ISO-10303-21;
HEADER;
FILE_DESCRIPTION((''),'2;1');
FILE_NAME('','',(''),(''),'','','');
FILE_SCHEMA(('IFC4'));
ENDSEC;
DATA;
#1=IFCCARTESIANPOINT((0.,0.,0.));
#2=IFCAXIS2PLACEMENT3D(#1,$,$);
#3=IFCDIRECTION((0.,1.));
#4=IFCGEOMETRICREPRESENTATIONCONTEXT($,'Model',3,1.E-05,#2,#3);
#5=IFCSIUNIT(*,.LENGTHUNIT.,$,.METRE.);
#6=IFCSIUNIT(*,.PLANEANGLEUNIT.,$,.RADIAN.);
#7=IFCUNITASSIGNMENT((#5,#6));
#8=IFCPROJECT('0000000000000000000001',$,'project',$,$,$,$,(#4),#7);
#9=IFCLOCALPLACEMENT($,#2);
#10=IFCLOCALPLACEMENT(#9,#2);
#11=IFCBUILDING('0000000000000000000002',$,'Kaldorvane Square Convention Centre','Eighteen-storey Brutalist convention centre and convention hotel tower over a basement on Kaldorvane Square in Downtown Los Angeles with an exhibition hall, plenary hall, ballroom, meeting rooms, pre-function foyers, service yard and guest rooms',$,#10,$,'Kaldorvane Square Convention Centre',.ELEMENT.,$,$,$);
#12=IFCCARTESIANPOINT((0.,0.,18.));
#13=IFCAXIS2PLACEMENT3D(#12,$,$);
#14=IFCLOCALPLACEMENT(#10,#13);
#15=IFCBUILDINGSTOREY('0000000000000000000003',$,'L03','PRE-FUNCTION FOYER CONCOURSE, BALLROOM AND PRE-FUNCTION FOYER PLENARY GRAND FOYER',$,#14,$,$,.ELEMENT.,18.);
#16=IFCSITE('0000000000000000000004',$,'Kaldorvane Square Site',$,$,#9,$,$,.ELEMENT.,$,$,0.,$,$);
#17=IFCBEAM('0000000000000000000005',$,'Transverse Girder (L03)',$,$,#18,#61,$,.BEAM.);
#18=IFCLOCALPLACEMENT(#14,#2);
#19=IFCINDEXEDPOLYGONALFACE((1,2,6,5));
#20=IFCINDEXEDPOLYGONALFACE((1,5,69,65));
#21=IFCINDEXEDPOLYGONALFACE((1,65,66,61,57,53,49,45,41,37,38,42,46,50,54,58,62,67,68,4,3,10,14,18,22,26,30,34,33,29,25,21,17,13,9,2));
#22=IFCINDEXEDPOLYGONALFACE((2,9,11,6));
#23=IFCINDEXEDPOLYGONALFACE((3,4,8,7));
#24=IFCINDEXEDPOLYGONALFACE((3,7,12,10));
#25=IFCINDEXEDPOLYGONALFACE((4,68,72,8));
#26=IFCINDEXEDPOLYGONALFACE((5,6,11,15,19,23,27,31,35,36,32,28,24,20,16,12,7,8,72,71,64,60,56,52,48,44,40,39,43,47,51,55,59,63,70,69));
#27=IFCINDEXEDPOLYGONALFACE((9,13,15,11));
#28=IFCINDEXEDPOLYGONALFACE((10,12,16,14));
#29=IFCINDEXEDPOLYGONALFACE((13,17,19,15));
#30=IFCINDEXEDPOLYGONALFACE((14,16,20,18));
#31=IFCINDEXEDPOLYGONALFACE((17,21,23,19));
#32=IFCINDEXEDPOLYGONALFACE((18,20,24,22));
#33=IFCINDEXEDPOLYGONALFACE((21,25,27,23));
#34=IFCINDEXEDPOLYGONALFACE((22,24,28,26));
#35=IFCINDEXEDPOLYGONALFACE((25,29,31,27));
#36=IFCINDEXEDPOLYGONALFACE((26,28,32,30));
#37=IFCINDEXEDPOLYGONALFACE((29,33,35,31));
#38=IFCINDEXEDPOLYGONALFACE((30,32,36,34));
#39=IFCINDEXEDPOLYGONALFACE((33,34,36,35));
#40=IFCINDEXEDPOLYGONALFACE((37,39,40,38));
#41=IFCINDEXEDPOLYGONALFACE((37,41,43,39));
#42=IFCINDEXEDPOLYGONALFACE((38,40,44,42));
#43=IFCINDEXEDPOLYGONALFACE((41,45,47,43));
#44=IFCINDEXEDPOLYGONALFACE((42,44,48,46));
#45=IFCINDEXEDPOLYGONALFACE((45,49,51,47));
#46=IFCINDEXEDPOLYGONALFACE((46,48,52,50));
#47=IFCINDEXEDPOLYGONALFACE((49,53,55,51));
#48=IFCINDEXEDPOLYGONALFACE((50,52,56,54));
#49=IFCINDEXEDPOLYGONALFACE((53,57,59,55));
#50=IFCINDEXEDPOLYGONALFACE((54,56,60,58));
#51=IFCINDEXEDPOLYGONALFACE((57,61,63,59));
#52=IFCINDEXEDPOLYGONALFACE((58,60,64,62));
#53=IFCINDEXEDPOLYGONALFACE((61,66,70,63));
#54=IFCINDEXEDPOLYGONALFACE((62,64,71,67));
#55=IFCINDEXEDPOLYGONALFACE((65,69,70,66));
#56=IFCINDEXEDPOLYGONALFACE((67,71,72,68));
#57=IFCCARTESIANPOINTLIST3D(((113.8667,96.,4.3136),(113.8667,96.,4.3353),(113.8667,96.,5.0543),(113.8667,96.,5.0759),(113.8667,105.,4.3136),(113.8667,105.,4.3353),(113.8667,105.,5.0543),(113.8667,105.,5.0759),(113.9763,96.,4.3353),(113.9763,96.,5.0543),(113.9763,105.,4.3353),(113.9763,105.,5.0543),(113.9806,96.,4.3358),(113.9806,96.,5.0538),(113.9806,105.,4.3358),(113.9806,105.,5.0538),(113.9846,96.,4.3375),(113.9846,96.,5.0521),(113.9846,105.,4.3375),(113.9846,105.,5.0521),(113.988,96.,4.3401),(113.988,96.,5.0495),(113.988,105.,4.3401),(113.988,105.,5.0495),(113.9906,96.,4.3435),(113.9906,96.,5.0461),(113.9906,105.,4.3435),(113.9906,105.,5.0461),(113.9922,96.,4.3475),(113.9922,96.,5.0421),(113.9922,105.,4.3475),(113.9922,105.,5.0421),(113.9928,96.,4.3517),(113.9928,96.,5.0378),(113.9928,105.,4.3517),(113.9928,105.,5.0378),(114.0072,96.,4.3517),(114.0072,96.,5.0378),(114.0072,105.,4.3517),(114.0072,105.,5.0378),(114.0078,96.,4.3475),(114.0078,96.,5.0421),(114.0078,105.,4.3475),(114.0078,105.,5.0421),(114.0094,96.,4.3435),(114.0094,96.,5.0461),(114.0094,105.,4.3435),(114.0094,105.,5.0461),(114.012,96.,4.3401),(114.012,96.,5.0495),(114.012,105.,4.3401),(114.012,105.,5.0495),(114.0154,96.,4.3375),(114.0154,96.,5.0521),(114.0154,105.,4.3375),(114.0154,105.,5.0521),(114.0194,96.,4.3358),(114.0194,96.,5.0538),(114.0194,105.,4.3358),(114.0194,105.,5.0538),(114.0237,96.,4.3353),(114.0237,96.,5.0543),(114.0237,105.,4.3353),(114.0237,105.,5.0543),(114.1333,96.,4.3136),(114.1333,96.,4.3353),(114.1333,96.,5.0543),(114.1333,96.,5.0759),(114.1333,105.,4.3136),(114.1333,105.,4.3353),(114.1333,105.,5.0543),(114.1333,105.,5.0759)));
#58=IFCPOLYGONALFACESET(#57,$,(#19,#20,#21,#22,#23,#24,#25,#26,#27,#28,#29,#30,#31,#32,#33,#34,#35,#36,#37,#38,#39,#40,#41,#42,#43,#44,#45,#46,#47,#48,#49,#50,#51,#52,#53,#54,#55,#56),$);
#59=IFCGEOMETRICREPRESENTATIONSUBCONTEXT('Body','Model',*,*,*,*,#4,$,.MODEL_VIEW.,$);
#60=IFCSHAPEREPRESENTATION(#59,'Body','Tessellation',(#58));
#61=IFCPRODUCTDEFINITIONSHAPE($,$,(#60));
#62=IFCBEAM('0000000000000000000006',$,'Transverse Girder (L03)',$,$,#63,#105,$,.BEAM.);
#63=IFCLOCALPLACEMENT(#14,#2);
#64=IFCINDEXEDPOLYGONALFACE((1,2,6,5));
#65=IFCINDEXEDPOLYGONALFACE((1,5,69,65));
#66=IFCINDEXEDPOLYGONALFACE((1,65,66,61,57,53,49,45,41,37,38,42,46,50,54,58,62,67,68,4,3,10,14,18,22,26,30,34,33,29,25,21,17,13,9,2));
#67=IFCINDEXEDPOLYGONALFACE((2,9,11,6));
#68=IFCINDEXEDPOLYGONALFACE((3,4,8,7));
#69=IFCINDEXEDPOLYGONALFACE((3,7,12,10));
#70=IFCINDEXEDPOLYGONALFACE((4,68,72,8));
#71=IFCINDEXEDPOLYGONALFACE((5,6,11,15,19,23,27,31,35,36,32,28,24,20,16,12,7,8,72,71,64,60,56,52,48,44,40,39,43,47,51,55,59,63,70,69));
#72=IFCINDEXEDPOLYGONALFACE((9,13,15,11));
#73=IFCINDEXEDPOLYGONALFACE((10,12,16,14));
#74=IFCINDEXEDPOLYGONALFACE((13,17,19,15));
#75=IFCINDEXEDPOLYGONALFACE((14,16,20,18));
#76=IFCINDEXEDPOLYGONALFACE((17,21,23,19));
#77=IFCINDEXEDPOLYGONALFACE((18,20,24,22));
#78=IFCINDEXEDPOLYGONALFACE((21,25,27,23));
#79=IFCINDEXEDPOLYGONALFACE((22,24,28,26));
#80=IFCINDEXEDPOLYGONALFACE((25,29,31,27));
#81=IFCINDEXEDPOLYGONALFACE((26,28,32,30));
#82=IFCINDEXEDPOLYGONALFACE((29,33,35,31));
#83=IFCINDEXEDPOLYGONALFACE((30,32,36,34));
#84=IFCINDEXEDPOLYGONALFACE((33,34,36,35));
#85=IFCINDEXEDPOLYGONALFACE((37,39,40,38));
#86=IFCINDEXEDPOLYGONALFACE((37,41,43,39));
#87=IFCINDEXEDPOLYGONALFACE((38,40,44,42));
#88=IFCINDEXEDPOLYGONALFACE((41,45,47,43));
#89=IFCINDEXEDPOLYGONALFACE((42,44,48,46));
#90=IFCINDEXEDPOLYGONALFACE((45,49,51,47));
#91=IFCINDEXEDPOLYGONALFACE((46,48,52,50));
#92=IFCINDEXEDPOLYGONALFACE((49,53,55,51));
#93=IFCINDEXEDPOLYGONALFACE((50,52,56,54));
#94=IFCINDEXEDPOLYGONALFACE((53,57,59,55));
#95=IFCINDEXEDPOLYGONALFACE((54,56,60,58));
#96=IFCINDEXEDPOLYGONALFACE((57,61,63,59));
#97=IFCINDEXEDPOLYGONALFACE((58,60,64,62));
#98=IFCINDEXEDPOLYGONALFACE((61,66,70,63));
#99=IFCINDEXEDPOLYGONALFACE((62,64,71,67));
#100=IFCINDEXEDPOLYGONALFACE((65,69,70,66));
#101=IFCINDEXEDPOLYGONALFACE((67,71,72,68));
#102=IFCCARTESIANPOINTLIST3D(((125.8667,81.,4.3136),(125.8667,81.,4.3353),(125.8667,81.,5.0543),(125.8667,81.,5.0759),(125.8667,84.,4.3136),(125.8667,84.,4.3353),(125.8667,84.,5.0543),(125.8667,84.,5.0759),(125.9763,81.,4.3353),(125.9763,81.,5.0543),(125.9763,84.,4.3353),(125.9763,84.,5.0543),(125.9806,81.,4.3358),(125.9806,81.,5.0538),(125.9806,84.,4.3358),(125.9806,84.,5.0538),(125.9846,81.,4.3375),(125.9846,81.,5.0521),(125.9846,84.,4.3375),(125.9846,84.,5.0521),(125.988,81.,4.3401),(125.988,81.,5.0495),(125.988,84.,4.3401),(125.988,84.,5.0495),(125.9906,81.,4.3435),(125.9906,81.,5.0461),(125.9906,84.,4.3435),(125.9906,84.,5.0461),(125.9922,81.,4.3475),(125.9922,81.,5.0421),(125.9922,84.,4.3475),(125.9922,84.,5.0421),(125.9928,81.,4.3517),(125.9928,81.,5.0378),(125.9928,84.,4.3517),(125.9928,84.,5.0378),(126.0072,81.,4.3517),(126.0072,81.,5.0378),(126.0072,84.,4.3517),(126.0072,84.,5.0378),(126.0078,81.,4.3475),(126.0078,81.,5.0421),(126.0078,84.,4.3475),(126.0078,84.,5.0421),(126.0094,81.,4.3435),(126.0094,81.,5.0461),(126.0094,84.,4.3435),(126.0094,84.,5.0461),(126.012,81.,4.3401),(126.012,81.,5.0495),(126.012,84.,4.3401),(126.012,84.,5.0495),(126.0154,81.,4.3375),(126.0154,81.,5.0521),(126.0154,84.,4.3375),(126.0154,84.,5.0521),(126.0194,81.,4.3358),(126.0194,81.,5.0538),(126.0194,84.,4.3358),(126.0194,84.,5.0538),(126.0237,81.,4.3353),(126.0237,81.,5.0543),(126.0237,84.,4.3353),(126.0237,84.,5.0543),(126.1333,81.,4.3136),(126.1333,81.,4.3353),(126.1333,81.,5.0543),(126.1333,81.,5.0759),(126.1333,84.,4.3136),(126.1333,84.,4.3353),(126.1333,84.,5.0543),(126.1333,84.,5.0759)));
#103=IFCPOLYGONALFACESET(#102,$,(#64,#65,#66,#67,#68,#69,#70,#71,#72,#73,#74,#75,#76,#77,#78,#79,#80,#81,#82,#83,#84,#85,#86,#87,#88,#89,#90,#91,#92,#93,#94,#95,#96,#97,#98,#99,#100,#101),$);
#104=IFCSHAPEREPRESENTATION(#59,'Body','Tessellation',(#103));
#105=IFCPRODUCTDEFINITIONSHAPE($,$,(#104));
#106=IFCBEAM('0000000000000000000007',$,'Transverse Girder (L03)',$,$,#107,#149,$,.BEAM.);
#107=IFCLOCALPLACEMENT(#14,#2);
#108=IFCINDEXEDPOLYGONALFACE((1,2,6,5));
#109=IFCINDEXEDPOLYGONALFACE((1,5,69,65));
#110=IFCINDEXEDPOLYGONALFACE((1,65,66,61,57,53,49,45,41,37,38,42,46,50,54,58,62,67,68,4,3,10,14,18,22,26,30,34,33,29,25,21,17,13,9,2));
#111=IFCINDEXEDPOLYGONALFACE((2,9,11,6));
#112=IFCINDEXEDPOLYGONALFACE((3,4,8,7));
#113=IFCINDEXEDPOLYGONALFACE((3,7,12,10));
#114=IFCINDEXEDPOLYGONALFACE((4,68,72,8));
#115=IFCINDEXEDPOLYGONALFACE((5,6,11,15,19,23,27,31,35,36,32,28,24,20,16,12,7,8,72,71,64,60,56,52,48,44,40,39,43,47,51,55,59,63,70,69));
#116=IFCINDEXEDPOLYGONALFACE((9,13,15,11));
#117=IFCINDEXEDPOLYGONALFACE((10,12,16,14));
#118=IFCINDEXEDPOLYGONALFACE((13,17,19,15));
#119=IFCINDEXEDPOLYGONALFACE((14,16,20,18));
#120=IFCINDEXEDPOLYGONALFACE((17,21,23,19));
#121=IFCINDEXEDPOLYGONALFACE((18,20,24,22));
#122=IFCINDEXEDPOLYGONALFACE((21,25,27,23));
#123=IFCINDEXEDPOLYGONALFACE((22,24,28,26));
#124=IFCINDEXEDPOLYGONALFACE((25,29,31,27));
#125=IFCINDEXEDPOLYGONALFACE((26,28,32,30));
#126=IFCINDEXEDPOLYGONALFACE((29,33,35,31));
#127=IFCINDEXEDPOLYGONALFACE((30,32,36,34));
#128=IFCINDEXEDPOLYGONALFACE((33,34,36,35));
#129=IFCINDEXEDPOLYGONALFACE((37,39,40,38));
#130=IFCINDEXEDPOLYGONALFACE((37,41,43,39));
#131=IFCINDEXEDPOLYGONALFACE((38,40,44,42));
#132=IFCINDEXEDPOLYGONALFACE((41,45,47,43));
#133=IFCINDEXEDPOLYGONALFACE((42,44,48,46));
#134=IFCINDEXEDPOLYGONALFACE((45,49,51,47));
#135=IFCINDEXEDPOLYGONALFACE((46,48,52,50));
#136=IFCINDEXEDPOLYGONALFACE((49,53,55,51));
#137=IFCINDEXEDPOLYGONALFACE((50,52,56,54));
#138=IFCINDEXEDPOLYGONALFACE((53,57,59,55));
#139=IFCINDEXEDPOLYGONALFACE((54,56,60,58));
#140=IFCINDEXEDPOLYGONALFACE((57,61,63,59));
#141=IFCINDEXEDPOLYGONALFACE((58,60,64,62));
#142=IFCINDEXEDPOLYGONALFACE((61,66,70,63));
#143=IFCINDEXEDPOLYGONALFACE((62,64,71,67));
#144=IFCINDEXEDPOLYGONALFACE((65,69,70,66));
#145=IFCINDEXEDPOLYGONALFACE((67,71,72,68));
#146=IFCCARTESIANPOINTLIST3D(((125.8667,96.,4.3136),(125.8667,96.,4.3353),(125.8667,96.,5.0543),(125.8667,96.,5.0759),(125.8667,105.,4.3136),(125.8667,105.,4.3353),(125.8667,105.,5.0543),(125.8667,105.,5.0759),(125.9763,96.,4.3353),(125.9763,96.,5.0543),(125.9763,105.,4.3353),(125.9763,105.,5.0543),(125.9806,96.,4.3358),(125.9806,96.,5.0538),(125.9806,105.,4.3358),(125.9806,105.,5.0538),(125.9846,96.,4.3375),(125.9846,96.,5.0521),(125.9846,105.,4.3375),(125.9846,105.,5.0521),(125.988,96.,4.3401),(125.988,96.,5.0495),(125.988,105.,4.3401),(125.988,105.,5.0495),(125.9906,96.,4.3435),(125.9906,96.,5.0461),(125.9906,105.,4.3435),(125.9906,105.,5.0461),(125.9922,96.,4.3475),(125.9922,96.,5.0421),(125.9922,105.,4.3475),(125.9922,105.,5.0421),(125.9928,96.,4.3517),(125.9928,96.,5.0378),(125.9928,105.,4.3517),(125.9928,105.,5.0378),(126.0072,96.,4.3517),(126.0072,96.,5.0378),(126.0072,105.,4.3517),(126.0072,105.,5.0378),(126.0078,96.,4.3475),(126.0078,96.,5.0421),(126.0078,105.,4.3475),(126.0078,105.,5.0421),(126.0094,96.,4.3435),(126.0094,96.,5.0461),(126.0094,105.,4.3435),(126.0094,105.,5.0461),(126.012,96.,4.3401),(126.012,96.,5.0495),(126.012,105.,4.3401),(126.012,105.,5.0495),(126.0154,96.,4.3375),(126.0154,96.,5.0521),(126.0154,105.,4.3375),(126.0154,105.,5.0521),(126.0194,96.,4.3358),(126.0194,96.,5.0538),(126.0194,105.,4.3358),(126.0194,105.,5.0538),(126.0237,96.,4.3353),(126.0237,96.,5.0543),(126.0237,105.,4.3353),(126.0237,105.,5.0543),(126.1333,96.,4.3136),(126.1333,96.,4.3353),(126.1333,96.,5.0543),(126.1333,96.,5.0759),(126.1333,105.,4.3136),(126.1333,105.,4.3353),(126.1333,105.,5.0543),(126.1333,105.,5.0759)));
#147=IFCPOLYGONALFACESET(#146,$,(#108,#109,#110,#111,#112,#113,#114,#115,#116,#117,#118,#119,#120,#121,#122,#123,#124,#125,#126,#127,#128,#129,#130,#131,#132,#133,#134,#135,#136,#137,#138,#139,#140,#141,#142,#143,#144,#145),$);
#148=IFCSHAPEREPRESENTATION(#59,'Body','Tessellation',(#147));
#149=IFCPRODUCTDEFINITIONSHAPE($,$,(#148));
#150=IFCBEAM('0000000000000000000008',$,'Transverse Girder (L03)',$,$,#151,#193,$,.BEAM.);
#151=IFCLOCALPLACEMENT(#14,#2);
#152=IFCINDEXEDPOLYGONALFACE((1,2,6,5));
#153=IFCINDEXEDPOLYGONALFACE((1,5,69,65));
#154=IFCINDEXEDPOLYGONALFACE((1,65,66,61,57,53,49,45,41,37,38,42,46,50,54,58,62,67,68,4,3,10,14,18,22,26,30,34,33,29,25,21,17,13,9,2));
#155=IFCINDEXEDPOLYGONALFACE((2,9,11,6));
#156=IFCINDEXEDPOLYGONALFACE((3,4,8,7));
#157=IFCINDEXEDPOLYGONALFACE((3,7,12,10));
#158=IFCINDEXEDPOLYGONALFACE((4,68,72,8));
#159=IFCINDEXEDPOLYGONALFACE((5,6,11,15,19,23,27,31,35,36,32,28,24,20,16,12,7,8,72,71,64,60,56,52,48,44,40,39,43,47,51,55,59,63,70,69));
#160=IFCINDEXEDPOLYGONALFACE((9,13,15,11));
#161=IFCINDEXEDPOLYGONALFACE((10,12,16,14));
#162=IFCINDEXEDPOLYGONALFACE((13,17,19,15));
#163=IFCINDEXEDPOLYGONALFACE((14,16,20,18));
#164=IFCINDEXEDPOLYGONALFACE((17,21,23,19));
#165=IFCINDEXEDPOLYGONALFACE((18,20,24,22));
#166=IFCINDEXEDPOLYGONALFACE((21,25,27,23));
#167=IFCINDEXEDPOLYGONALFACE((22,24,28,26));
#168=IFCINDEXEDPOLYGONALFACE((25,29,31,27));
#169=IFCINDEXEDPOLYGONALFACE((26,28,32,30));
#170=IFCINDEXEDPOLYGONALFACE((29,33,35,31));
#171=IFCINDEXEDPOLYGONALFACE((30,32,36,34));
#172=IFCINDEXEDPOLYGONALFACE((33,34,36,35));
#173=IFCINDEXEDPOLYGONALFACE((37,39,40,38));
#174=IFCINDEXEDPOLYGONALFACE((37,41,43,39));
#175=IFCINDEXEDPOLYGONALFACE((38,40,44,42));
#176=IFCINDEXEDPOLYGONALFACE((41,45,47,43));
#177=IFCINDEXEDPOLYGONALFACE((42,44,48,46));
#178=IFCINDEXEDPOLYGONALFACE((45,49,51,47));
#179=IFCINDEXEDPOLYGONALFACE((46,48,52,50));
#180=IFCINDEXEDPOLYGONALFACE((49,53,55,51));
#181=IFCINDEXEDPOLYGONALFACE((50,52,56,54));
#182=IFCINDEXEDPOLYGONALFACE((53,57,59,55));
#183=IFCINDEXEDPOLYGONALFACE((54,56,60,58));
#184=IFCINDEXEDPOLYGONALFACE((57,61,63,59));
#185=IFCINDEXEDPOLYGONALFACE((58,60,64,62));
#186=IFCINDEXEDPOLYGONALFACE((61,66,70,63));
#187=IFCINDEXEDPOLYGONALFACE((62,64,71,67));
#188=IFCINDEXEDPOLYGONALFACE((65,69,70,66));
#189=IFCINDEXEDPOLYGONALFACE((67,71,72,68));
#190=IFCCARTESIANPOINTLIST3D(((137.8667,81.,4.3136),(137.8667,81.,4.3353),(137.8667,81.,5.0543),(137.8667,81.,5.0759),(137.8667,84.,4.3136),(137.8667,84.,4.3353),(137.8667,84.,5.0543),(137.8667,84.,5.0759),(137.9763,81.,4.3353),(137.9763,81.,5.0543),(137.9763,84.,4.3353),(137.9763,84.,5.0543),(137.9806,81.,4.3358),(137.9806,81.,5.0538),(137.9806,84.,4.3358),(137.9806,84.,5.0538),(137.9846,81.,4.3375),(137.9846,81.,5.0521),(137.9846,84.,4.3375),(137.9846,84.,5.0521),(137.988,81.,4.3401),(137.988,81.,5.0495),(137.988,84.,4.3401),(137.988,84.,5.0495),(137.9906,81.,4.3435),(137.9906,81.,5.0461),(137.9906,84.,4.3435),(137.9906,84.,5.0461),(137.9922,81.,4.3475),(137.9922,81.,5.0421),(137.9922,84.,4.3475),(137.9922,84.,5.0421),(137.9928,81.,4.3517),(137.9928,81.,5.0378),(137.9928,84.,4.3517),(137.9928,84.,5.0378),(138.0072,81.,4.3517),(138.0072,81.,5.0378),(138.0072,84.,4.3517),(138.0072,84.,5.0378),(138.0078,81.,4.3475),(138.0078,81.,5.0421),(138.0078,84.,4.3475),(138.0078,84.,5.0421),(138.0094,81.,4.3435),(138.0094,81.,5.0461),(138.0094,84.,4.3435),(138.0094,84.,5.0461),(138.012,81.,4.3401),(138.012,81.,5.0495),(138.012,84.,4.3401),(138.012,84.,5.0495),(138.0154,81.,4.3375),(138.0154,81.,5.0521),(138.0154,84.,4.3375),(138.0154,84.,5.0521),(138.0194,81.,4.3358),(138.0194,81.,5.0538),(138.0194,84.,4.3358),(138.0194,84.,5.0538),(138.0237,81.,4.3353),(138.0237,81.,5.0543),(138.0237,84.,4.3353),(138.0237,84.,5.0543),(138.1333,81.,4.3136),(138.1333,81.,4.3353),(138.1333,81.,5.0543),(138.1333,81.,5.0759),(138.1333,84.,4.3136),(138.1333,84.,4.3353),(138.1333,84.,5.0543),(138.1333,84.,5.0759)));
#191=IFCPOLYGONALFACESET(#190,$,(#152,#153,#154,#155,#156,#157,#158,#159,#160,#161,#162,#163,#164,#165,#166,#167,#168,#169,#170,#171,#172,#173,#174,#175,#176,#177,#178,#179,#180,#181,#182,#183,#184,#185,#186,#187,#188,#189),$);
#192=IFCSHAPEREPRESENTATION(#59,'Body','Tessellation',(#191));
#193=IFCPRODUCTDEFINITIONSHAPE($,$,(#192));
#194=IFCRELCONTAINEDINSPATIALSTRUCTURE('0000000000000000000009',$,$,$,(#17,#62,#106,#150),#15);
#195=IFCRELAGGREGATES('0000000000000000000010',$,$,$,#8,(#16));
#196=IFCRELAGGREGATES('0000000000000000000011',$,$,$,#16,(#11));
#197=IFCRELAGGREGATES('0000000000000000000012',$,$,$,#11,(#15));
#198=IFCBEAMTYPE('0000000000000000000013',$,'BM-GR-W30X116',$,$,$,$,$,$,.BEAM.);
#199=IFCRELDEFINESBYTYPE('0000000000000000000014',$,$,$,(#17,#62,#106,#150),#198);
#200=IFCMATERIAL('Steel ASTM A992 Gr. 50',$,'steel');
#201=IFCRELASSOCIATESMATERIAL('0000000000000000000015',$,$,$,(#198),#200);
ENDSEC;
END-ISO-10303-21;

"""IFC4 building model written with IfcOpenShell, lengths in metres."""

from ifc_helpers import new_model, si_unit, direction, frame, origin, origin_2d, place, context, subcontext, project, spatial, i_section, extrude, material, material_profile, profile_set, type_object, element, save


model = new_model("IFC4")

# Units and contexts
model_context = context("Model", 3, precision=1e-05, world=origin(), true_north=direction((0.0, 1.0)))
body_context = subcontext(model_context, "Body", "Model", "MODEL_VIEW")
ifc_project = project(units=[si_unit("LENGTHUNIT", "METRE"), si_unit("PLANEANGLEUNIT", "RADIAN")], contexts=[model_context])

# Site, building, storey
site_placement = place(None, origin())
site = spatial("IfcSite", under=ifc_project, at=site_placement, Name="Kaldorvane Square Site", CompositionType="ELEMENT", RefElevation=0.0)
building_placement = place(site_placement, origin())
building = spatial("IfcBuilding", under=site, at=building_placement, Name="Kaldorvane Square Convention Centre", Description="Eighteen-storey Brutalist convention centre and convention hotel tower over a basement on Kaldorvane Square in Downtown Los Angeles with an exhibition hall, plenary hall, ballroom, meeting rooms, pre-function foyers, service yard and guest rooms", LongName="Kaldorvane Square Convention Centre", CompositionType="ELEMENT")
storey_placement = place(building_placement, frame((0.0, 0.0, 18.0)))
storey = spatial("IfcBuildingStorey", under=building, at=storey_placement, Name="L03", Description="PRE-FUNCTION FOYER CONCOURSE, BALLROOM AND PRE-FUNCTION FOYER PLENARY GRAND FOYER", CompositionType="ELEMENT", Elevation=18.0)

# Shared definitions
ifc_material_1 = material(Name="Steel ASTM A992 Gr. 50", Category="steel")

# Beams
ifc_material_profile_1 = material_profile(ifc_material_1, i_section(OverallWidth=0.2666, OverallDepth=0.7623, WebThickness=0.0144, FlangeThickness=0.0216, FilletRadius=0.0165, at=origin_2d()), Name="W30X116")
ifc_profile_set_1 = profile_set([ifc_material_profile_1], Name="Steel ASTM A992 Gr. 50")
beam_type_1 = type_object("IfcBeamType", Name="BM-GR-W30X116", PredefinedType="BEAM", material=ifc_profile_set_1)
beam_1_placement = place(storey_placement, frame((114.0, 96.0, 4.6948), z_axis=(0.0, 1.0, 0.0), x_axis=(-1.0, 0.0, 0.0)))
element("IfcBeam", 1, at=beam_1_placement, inside=storey, type_object=beam_type_1, Name="Transverse Girder (L03)", PredefinedType="BEAM", context=body_context, shape_type="SweptSolid", body=[
    extrude(i_section(OverallWidth=0.2666, OverallDepth=0.7623, WebThickness=0.0144, FlangeThickness=0.0216, FilletRadius=0.0165, at=origin_2d()), origin(), (0.0, 0.0, 1.0), 9.0),
])
beam_2_placement = place(storey_placement, frame((126.0, 81.0, 4.6948), z_axis=(0.0, 1.0, 0.0), x_axis=(-1.0, 0.0, 0.0)))
element("IfcBeam", 2, at=beam_2_placement, inside=storey, type_object=beam_type_1, Name="Transverse Girder (L03)", PredefinedType="BEAM", context=body_context, shape_type="SweptSolid", body=[
    extrude(i_section(OverallWidth=0.2666, OverallDepth=0.7623, WebThickness=0.0144, FlangeThickness=0.0216, FilletRadius=0.0165, at=origin_2d()), origin(), (0.0, 0.0, 1.0), 3.0),
])
beam_3_placement = place(storey_placement, frame((126.0, 96.0, 4.6948), z_axis=(0.0, 1.0, 0.0), x_axis=(-1.0, 0.0, 0.0)))
element("IfcBeam", 3, at=beam_3_placement, inside=storey, type_object=beam_type_1, Name="Transverse Girder (L03)", PredefinedType="BEAM", context=body_context, shape_type="SweptSolid", body=[
    extrude(i_section(OverallWidth=0.2666, OverallDepth=0.7623, WebThickness=0.0144, FlangeThickness=0.0216, FilletRadius=0.0165, at=origin_2d()), origin(), (0.0, 0.0, 1.0), 9.0),
])
beam_4_placement = place(storey_placement, frame((138.0, 81.0, 4.6948), z_axis=(0.0, 1.0, 0.0), x_axis=(-1.0, 0.0, 0.0)))
element("IfcBeam", 4, at=beam_4_placement, inside=storey, type_object=beam_type_1, Name="Transverse Girder (L03)", PredefinedType="BEAM", context=body_context, shape_type="SweptSolid", body=[
    extrude(i_section(OverallWidth=0.2666, OverallDepth=0.7623, WebThickness=0.0144, FlangeThickness=0.0216, FilletRadius=0.0165, at=origin_2d()), origin(), (0.0, 0.0, 1.0), 3.0),
])

save(model, "model.ifc")
